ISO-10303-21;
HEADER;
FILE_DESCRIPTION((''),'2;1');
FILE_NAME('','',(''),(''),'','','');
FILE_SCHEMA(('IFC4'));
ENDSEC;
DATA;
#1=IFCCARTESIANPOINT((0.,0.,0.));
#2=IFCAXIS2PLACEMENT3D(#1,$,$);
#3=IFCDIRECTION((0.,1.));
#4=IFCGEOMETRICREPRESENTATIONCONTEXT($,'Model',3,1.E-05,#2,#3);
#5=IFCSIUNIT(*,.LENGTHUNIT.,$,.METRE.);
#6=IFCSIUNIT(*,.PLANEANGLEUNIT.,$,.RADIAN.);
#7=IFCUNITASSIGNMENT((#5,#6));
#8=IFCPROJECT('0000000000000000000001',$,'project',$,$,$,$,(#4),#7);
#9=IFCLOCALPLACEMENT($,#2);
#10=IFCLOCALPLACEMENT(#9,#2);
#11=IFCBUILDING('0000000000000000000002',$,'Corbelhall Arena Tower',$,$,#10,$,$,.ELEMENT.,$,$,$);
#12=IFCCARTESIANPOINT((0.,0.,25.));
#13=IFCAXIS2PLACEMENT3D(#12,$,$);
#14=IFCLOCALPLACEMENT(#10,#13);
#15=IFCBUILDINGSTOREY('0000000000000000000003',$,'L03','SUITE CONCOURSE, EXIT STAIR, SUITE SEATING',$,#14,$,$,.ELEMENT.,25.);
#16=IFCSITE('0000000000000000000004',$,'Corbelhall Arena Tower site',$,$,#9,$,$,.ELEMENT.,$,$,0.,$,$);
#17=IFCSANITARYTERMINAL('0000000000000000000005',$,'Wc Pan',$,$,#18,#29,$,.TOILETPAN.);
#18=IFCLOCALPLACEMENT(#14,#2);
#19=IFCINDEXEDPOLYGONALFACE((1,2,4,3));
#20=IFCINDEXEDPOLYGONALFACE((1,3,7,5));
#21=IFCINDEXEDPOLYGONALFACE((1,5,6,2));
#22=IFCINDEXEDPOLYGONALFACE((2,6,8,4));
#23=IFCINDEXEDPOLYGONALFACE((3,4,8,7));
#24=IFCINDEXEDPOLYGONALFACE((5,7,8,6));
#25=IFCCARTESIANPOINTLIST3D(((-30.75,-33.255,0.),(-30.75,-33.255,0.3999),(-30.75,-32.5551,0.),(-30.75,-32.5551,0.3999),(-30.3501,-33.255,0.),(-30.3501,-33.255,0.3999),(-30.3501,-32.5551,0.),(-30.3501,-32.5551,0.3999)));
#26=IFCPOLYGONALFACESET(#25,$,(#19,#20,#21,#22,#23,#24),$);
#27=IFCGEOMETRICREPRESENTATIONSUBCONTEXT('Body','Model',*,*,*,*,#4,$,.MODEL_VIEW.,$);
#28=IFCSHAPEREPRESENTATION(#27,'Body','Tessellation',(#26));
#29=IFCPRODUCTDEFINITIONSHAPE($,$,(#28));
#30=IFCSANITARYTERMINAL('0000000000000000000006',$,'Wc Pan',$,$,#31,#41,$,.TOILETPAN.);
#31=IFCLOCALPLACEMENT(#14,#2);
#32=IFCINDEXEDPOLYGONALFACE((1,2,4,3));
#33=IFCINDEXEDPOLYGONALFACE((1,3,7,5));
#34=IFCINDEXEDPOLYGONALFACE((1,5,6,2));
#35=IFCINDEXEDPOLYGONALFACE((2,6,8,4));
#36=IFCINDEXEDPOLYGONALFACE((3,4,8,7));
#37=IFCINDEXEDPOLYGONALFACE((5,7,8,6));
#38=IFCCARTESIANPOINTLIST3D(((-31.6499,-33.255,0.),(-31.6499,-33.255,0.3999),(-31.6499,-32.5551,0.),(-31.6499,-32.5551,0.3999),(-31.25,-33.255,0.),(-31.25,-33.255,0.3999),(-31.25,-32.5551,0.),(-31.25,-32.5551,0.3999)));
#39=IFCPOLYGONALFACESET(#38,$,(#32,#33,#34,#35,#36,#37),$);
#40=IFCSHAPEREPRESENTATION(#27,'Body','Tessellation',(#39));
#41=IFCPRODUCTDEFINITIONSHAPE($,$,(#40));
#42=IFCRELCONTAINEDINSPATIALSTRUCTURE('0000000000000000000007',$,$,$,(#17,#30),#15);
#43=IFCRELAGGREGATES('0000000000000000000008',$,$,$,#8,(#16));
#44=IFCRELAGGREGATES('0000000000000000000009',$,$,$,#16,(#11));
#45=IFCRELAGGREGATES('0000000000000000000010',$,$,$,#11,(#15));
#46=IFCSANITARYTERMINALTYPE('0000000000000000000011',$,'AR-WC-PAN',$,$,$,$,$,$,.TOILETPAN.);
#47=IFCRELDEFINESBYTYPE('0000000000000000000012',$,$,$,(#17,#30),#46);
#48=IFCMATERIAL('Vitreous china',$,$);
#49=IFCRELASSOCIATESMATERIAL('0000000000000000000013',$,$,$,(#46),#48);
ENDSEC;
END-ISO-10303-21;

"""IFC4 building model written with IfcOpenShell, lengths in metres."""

from ifc_helpers import new_model, si_unit, direction, frame, origin, origin_2d, place, context, subcontext, project, spatial, rectangle, extrude, material, type_object, element, save


model = new_model("IFC4")

# Units and contexts
model_context = context("Model", 3, precision=1e-05, world=origin(), true_north=direction((0.0, 1.0)))
body_context = subcontext(model_context, "Body", "Model", "MODEL_VIEW")
ifc_project = project(units=[si_unit("LENGTHUNIT", "METRE"), si_unit("PLANEANGLEUNIT", "RADIAN")], contexts=[model_context])

# Site, building, storey
site_placement = place(None, origin())
site = spatial("IfcSite", under=ifc_project, at=site_placement, Name="Corbelhall Arena Tower site", CompositionType="ELEMENT", RefElevation=0.0)
building_placement = place(site_placement, origin())
building = spatial("IfcBuilding", under=site, at=building_placement, Name="Corbelhall Arena Tower", CompositionType="ELEMENT")
storey_placement = place(building_placement, frame((0.0, 0.0, 25.0)))
storey = spatial("IfcBuildingStorey", under=building, at=storey_placement, Name="L03", Description="SUITE CONCOURSE, EXIT STAIR, SUITE SEATING", CompositionType="ELEMENT", Elevation=25.0)

# Sanitary terminals
ifc_material_1 = material(Name="Vitreous china")
sanitary_terminal_type = type_object("IfcSanitaryTerminalType", Name="AR-WC-PAN", PredefinedType="TOILETPAN", material=ifc_material_1)
for number, where, z_axis, x_axis, name in (
    (1, (-30.55, -32.905, 0.0), (0.0, 0.0, 1.0), (1.0, 0.0, 0.0), "Wc Pan"),
    (2, (-31.45, -32.905, 0.0), (0.0, 0.0, 1.0), (1.0, 0.0, 0.0), "Wc Pan"),
):
    element("IfcSanitaryTerminal", number, at=place(storey_placement, frame(where, z_axis=z_axis, x_axis=x_axis)), inside=storey, type_object=sanitary_terminal_type, Name=name, PredefinedType="TOILETPAN", context=body_context, shape_type="SweptSolid", body=[
        extrude(rectangle(XDim=0.3999, YDim=0.7, at=origin_2d()), origin(), (0.0, 0.0, 1.0), 0.3999),
    ])

save(model, "model.ifc")
